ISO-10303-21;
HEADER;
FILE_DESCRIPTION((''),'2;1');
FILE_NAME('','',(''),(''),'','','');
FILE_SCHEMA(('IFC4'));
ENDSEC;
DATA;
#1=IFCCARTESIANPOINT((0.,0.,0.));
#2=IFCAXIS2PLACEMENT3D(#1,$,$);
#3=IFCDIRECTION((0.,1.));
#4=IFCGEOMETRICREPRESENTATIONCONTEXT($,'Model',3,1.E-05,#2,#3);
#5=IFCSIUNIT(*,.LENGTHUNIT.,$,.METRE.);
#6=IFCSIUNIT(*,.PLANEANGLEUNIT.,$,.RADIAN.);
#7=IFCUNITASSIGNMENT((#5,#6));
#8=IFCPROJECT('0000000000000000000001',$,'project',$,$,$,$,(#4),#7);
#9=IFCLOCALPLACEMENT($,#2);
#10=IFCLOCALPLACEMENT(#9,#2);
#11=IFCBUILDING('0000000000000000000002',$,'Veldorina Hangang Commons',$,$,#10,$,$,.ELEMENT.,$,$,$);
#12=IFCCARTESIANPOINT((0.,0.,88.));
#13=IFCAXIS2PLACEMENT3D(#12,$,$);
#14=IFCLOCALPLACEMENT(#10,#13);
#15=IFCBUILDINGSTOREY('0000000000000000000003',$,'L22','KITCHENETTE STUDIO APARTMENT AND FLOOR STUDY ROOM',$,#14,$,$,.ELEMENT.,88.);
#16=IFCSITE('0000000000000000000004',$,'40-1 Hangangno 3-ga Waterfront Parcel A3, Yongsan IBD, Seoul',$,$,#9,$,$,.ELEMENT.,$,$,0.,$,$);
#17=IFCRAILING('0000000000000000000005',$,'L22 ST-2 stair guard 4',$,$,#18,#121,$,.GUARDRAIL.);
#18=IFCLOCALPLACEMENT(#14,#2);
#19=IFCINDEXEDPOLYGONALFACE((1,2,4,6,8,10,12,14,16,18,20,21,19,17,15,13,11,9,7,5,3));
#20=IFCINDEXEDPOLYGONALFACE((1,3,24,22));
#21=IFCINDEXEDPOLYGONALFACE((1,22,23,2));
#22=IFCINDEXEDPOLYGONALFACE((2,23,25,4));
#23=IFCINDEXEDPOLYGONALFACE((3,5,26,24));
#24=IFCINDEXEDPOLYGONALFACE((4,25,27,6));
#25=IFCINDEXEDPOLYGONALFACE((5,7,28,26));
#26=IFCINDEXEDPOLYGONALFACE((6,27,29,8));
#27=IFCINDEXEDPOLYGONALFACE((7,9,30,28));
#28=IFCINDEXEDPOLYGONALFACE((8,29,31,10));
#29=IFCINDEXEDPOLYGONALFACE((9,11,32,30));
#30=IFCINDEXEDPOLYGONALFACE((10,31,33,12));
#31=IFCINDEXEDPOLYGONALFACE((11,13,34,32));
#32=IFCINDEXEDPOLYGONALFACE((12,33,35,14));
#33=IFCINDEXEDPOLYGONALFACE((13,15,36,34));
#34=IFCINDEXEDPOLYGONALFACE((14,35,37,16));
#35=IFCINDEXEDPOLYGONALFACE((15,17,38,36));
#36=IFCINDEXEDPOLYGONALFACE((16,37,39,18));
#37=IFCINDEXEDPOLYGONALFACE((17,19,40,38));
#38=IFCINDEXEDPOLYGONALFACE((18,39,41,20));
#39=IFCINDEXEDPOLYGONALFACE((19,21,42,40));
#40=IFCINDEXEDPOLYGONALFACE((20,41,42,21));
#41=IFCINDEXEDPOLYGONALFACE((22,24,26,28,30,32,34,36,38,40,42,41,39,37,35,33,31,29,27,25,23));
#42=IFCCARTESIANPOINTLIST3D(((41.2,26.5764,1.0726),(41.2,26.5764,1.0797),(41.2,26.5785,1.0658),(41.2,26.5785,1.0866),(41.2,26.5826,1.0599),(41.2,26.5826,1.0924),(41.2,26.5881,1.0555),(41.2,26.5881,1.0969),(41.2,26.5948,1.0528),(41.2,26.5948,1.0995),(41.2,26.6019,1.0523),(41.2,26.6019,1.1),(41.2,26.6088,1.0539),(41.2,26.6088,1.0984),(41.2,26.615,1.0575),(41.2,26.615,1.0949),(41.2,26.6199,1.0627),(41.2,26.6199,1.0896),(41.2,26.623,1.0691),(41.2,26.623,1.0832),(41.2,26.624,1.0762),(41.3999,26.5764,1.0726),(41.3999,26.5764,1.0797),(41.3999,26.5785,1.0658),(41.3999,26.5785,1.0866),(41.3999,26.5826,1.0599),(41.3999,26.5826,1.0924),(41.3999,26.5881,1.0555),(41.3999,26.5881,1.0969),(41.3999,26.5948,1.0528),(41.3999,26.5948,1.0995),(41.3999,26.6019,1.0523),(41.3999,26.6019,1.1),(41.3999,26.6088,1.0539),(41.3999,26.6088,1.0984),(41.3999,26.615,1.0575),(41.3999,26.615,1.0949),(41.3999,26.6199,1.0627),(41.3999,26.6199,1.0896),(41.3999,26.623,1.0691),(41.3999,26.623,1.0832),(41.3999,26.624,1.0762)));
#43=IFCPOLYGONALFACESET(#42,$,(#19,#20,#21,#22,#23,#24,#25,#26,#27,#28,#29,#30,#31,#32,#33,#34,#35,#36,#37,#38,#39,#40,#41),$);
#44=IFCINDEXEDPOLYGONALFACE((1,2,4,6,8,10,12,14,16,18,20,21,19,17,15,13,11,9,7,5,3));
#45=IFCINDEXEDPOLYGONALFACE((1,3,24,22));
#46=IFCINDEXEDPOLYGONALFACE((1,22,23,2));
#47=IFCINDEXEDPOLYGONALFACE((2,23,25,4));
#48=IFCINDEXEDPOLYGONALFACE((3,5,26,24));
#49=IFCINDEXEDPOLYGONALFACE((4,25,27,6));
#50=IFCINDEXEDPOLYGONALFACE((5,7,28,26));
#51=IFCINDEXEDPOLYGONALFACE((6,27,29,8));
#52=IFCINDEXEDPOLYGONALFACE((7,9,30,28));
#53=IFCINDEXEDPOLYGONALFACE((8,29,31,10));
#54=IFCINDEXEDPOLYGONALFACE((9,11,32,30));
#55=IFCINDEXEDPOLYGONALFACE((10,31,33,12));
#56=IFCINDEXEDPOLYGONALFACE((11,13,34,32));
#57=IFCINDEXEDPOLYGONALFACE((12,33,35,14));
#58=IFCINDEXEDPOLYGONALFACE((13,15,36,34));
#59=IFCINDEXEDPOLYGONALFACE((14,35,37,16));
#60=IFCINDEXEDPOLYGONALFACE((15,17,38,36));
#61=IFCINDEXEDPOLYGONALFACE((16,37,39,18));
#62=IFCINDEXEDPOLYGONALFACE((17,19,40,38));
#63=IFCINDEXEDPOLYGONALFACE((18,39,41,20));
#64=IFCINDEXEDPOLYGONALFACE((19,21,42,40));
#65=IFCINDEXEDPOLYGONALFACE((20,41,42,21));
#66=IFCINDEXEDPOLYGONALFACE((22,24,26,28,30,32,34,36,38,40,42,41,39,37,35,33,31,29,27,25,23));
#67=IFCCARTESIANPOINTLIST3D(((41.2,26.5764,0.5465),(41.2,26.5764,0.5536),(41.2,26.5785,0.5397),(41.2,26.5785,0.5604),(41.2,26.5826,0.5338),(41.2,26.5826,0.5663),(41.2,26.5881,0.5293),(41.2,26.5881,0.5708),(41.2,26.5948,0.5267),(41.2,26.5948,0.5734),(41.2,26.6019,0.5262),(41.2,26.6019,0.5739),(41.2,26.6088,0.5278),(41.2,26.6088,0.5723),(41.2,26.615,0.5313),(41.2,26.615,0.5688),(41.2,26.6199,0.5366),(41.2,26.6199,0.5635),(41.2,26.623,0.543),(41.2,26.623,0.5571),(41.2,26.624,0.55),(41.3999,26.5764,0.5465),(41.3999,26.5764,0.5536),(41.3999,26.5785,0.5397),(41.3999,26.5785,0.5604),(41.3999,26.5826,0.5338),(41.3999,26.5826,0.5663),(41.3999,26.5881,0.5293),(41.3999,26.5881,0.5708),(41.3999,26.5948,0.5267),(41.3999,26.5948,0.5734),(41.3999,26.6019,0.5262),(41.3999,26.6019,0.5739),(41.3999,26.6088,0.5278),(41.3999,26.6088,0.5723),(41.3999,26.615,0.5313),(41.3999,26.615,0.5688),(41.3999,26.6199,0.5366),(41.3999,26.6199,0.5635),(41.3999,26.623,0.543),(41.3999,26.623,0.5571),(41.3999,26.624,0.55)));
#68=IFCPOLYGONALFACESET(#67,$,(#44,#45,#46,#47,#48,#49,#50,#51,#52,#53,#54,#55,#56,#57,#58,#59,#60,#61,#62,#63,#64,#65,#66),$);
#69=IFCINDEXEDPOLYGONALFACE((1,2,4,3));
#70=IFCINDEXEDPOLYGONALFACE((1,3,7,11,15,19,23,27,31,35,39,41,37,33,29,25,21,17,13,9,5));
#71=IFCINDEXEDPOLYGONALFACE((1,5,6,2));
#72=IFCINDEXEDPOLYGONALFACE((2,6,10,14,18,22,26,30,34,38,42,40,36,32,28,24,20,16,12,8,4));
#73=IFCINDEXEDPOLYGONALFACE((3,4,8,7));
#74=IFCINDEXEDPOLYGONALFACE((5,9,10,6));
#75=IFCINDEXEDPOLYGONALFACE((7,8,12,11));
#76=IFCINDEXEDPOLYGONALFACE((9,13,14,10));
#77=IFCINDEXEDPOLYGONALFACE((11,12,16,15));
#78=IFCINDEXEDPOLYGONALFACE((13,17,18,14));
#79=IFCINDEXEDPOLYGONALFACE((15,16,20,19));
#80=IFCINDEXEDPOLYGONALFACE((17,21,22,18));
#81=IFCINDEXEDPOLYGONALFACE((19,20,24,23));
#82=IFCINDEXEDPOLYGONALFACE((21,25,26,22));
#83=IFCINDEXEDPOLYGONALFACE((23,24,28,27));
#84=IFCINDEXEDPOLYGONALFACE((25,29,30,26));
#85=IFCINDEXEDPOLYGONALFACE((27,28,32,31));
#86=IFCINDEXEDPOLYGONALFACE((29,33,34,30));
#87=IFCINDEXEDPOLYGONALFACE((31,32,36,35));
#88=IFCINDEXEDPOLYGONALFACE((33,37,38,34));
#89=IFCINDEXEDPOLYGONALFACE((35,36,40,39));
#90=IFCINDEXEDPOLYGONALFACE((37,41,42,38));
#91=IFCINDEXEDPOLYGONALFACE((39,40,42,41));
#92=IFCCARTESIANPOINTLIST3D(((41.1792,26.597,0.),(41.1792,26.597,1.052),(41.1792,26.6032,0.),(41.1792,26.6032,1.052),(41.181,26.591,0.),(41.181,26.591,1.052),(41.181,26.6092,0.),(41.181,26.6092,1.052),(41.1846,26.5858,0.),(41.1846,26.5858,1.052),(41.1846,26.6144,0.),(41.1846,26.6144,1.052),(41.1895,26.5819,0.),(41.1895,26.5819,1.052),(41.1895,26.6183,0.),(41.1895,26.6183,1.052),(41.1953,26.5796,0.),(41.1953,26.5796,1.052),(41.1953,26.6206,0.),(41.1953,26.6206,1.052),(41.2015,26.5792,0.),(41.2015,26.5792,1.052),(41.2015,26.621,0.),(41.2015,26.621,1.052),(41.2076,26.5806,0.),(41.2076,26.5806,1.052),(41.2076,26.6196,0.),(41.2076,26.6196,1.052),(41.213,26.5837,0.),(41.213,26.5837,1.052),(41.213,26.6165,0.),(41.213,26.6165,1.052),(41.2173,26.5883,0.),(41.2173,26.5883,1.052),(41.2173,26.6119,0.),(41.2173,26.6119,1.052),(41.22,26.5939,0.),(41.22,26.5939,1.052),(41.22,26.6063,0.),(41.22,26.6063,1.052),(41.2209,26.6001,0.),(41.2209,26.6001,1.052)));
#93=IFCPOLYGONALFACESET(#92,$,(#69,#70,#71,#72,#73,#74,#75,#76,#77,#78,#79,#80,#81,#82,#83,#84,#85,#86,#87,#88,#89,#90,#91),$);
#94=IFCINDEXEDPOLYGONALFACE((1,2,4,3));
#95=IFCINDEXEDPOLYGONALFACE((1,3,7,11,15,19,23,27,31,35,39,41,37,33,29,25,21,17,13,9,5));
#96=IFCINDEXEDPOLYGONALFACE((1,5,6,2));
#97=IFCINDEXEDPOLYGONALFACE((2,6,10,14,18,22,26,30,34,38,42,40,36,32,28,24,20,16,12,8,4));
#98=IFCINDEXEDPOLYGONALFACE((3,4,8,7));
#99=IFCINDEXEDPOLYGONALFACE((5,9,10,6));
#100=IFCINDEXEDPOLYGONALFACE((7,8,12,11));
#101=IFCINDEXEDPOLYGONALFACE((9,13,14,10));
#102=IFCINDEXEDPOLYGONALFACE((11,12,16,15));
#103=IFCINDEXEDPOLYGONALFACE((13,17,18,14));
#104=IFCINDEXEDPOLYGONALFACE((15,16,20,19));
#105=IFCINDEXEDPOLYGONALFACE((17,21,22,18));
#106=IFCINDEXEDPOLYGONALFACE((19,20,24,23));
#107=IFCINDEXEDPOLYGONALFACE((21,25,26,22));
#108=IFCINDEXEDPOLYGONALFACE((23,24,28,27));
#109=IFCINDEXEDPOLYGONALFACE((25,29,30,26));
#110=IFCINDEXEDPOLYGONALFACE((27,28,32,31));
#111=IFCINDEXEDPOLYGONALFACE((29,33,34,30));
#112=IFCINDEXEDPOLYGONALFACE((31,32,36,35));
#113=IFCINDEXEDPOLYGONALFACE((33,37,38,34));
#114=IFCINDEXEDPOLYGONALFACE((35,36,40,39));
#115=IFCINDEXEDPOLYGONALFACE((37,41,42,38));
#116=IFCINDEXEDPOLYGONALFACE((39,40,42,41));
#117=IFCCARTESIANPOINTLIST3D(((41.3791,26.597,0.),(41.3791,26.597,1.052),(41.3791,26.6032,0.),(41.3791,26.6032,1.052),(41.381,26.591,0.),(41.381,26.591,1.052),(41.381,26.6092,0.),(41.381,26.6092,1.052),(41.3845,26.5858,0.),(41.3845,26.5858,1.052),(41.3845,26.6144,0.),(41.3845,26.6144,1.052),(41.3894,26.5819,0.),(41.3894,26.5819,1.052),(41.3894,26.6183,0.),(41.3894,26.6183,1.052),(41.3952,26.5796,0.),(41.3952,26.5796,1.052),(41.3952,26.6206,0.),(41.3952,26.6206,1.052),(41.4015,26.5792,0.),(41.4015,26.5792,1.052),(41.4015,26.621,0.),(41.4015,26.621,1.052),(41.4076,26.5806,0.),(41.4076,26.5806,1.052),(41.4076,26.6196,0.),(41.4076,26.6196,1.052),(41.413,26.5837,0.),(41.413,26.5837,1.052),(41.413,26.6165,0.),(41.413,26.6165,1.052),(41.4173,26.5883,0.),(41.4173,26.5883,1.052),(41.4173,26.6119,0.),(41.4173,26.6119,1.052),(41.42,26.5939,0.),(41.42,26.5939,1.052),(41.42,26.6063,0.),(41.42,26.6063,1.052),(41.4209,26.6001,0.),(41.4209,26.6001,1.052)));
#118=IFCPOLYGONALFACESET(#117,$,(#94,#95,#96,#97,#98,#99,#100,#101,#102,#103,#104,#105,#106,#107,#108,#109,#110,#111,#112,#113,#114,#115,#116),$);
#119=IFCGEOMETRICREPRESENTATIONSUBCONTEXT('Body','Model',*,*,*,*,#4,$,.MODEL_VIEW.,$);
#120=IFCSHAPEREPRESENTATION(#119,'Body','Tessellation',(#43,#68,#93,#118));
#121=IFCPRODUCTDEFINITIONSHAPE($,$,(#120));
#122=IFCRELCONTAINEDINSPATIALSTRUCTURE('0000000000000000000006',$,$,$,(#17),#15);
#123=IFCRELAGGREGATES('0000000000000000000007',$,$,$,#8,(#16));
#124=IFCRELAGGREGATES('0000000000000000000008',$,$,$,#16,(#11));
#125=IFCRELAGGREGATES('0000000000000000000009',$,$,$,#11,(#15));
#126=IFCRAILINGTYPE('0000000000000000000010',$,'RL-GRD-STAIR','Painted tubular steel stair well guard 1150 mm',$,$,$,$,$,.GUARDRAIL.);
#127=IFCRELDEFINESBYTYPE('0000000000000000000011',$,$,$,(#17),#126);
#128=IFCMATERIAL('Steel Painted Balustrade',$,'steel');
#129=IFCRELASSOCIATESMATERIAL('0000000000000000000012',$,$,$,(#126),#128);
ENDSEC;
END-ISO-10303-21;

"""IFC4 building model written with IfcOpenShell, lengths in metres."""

from ifc_helpers import new_model, si_unit, direction, frame, origin, origin_2d, place, context, subcontext, project, spatial, circle, extrude, material, type_object, element, save


model = new_model("IFC4")

# Units and contexts
model_context = context("Model", 3, precision=1e-05, world=origin(), true_north=direction((0.0, 1.0)))
body_context = subcontext(model_context, "Body", "Model", "MODEL_VIEW")
ifc_project = project(units=[si_unit("LENGTHUNIT", "METRE"), si_unit("PLANEANGLEUNIT", "RADIAN")], contexts=[model_context])

# Site, building, storey
site_placement = place(None, origin())
site = spatial("IfcSite", under=ifc_project, at=site_placement, Name="40-1 Hangangno 3-ga Waterfront Parcel A3, Yongsan IBD, Seoul", CompositionType="ELEMENT", RefElevation=0.0)
building_placement = place(site_placement, origin())
building = spatial("IfcBuilding", under=site, at=building_placement, Name="Veldorina Hangang Commons", CompositionType="ELEMENT")
storey_placement = place(building_placement, frame((0.0, 0.0, 88.0)))
storey = spatial("IfcBuildingStorey", under=building, at=storey_placement, Name="L22", Description="KITCHENETTE STUDIO APARTMENT AND FLOOR STUDY ROOM", CompositionType="ELEMENT", Elevation=88.0)

# Railing
ifc_material_1 = material(Name="Steel Painted Balustrade", Category="steel")
railing_type_1 = type_object("IfcRailingType", Name="RL-GRD-STAIR", Description="Painted tubular steel stair well guard 1150 mm", PredefinedType="GUARDRAIL", material=ifc_material_1)
railing_1_placement = place(storey_placement, frame((41.2, 26.6001, 0.0)))
element("IfcRailing", 1, at=railing_1_placement, inside=storey, type_object=railing_type_1, Name="L22 ST-2 stair guard 4", PredefinedType="GUARDRAIL", context=body_context, shape_type="SweptSolid", body=[
    extrude(circle(Radius=0.0239, at=origin_2d()), frame((0.0, 0.0, 1.0762), z_axis=(1.0, 0.0, 0.0), x_axis=(0.0, 1.0, 0.0)), (0.0, 0.0, 1.0), 0.2),
    extrude(circle(Radius=0.0239, at=origin_2d()), frame((0.0, 0.0, 0.55), z_axis=(1.0, 0.0, 0.0), x_axis=(0.0, 1.0, 0.0)), (0.0, 0.0, 1.0), 0.2),
    extrude(circle(Radius=0.021, at=origin_2d()), origin(), (0.0, 0.0, 1.0), 1.052),
    extrude(circle(Radius=0.021, at=origin_2d()), frame((0.2, 0.0, 0.0)), (0.0, 0.0, 1.0), 1.052),
])

save(model, "model.ifc")
